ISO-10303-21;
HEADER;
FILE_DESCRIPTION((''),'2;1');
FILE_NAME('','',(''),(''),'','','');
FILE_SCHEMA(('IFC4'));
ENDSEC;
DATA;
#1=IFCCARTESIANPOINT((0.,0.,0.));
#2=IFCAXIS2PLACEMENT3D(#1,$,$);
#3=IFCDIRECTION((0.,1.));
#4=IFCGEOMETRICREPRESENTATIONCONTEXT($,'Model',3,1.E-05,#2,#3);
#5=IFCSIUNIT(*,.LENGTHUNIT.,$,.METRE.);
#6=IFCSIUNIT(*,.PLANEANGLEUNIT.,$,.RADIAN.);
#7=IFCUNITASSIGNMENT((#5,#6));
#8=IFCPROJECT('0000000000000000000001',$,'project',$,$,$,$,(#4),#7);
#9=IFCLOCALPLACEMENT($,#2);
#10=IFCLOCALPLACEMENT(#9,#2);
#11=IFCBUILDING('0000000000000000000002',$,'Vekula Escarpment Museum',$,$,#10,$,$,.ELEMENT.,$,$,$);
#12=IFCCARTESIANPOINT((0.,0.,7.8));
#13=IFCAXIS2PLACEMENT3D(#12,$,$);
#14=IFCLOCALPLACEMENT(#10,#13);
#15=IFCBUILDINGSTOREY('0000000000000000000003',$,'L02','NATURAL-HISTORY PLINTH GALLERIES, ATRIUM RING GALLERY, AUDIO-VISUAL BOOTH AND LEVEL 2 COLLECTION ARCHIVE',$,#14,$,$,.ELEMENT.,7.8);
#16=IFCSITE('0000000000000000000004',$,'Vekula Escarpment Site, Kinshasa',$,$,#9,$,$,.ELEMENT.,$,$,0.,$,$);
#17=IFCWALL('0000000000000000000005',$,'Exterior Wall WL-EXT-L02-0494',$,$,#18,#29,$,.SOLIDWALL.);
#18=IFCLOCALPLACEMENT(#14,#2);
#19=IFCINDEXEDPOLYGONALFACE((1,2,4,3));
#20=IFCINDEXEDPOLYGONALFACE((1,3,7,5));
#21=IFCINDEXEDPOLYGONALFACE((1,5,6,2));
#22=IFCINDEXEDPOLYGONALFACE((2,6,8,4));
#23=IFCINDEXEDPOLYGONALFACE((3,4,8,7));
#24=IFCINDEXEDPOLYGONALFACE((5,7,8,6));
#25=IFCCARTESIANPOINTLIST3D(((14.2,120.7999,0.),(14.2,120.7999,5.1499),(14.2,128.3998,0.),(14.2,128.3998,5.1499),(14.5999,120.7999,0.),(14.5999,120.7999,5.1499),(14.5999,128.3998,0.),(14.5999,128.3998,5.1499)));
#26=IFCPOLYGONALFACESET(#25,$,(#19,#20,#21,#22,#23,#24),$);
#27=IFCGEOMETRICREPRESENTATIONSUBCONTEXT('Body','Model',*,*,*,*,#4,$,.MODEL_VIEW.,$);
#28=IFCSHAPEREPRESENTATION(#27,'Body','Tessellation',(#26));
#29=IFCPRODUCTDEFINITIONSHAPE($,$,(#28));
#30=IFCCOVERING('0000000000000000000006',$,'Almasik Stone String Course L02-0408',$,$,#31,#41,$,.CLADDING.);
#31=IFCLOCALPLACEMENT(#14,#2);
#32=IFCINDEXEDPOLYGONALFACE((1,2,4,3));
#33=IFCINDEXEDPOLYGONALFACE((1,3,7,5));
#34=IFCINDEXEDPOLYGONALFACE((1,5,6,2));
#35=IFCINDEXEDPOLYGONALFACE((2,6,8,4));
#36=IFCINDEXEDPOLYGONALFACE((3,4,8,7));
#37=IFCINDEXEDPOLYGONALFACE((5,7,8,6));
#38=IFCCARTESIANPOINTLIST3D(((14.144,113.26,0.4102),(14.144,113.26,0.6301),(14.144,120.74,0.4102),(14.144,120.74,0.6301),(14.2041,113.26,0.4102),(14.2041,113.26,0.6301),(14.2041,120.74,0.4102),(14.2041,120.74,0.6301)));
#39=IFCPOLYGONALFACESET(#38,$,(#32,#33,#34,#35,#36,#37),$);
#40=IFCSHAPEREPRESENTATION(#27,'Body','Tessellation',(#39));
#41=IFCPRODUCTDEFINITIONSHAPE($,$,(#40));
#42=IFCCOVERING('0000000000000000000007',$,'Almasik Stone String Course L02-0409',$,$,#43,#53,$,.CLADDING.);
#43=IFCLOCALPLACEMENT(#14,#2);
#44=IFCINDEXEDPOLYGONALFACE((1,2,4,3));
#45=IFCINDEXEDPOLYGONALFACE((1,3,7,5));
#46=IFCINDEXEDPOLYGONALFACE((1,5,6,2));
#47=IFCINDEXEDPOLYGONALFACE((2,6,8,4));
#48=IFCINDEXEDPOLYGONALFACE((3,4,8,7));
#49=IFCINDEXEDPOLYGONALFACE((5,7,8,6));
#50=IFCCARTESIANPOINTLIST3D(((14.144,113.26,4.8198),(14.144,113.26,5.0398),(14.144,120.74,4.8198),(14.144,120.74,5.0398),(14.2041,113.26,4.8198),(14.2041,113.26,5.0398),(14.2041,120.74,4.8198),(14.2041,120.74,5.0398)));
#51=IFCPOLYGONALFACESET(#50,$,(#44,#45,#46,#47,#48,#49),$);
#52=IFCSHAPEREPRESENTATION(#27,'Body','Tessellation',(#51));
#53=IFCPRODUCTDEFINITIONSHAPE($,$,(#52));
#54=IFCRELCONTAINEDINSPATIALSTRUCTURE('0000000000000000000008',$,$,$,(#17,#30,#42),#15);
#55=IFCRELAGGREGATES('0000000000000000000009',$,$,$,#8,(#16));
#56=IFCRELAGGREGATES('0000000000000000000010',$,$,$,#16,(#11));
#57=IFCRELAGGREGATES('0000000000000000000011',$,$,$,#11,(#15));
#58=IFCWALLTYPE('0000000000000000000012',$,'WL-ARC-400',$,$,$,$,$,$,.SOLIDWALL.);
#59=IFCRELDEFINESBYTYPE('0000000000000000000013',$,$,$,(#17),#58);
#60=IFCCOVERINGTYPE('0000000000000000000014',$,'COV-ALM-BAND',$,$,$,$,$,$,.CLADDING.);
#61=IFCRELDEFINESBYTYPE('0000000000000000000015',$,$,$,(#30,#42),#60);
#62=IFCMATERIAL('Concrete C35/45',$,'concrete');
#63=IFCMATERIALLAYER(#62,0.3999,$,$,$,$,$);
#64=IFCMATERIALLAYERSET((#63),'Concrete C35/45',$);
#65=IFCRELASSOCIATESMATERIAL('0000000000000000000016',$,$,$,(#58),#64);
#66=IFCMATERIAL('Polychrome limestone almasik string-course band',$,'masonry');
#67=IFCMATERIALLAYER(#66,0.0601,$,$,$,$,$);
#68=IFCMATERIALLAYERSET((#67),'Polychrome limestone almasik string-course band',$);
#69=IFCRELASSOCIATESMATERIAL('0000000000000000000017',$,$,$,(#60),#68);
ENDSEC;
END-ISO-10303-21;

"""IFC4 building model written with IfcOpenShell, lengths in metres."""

from ifc_helpers import new_model, si_unit, direction, frame, frame_2d, origin, origin_2d, place, context, subcontext, project, spatial, rectangle, extrude, material, layer, layer_set, type_object, element, save


model = new_model("IFC4")

# Units and contexts
model_context = context("Model", 3, precision=1e-05, world=origin(), true_north=direction((0.0, 1.0)))
body_context = subcontext(model_context, "Body", "Model", "MODEL_VIEW")
ifc_project = project(units=[si_unit("LENGTHUNIT", "METRE"), si_unit("PLANEANGLEUNIT", "RADIAN")], contexts=[model_context])

# Site, building, storey
site_placement = place(None, origin())
site = spatial("IfcSite", under=ifc_project, at=site_placement, Name="Vekula Escarpment Site, Kinshasa", CompositionType="ELEMENT", RefElevation=0.0)
building_placement = place(site_placement, origin())
building = spatial("IfcBuilding", under=site, at=building_placement, Name="Vekula Escarpment Museum", CompositionType="ELEMENT")
storey_placement = place(building_placement, frame((0.0, 0.0, 7.8)))
storey = spatial("IfcBuildingStorey", under=building, at=storey_placement, Name="L02", Description="NATURAL-HISTORY PLINTH GALLERIES, ATRIUM RING GALLERY, AUDIO-VISUAL BOOTH AND LEVEL 2 COLLECTION ARCHIVE", CompositionType="ELEMENT", Elevation=7.8)

# Wall
ifc_material_1 = material(Name="Concrete C35/45", Category="concrete")
ifc_layer_1 = layer(ifc_material_1, 0.3999)
ifc_layer_set_1 = layer_set([ifc_layer_1], Name="Concrete C35/45")
wall_type = type_object("IfcWallType", Name="WL-ARC-400", PredefinedType="SOLIDWALL", material=ifc_layer_set_1)
wall_placement = place(storey_placement, frame((14.3999, 120.8, 0.0), z_axis=(0.0, 0.0, 1.0), x_axis=(0.0, 1.0, 0.0)))
element("IfcWall", 1, at=wall_placement, inside=storey, type_object=wall_type, Name="Exterior Wall WL-EXT-L02-0494", PredefinedType="SOLIDWALL", context=body_context, shape_type="SweptSolid", body=[
    extrude(rectangle(XDim=7.5999, YDim=0.3999, at=frame_2d((3.7998, 0.0))), origin(), (0.0, 0.0, 1.0), 5.1499),
])

# Coverings
ifc_material_2 = material(Name="Polychrome limestone almasik string-course band", Category="masonry")
ifc_layer_2 = layer(ifc_material_2, 0.0601)
ifc_layer_set_2 = layer_set([ifc_layer_2], Name="Polychrome limestone almasik string-course band")
covering_type = type_object("IfcCoveringType", Name="COV-ALM-BAND", PredefinedType="CLADDING", material=ifc_layer_set_2)
for number, where, z_axis, x_axis, name in (
    (2, (14.1741, 117.0, 0.4102), (0.0, 0.0, 1.0), (0.0, 1.0, 0.0), "Almasik Stone String Course L02-0408"),
    (3, (14.1741, 117.0, 4.8198), (0.0, 0.0, 1.0), (0.0, 1.0, 0.0), "Almasik Stone String Course L02-0409"),
):
    element("IfcCovering", number, at=place(storey_placement, frame(where, z_axis=z_axis, x_axis=x_axis)), inside=storey, type_object=covering_type, Name=name, PredefinedType="CLADDING", context=body_context, shape_type="SweptSolid", body=[
        extrude(rectangle(XDim=7.48, YDim=0.0601, at=origin_2d()), origin(), (0.0, 0.0, 1.0), 0.22),
    ])

save(model, "model.ifc")
